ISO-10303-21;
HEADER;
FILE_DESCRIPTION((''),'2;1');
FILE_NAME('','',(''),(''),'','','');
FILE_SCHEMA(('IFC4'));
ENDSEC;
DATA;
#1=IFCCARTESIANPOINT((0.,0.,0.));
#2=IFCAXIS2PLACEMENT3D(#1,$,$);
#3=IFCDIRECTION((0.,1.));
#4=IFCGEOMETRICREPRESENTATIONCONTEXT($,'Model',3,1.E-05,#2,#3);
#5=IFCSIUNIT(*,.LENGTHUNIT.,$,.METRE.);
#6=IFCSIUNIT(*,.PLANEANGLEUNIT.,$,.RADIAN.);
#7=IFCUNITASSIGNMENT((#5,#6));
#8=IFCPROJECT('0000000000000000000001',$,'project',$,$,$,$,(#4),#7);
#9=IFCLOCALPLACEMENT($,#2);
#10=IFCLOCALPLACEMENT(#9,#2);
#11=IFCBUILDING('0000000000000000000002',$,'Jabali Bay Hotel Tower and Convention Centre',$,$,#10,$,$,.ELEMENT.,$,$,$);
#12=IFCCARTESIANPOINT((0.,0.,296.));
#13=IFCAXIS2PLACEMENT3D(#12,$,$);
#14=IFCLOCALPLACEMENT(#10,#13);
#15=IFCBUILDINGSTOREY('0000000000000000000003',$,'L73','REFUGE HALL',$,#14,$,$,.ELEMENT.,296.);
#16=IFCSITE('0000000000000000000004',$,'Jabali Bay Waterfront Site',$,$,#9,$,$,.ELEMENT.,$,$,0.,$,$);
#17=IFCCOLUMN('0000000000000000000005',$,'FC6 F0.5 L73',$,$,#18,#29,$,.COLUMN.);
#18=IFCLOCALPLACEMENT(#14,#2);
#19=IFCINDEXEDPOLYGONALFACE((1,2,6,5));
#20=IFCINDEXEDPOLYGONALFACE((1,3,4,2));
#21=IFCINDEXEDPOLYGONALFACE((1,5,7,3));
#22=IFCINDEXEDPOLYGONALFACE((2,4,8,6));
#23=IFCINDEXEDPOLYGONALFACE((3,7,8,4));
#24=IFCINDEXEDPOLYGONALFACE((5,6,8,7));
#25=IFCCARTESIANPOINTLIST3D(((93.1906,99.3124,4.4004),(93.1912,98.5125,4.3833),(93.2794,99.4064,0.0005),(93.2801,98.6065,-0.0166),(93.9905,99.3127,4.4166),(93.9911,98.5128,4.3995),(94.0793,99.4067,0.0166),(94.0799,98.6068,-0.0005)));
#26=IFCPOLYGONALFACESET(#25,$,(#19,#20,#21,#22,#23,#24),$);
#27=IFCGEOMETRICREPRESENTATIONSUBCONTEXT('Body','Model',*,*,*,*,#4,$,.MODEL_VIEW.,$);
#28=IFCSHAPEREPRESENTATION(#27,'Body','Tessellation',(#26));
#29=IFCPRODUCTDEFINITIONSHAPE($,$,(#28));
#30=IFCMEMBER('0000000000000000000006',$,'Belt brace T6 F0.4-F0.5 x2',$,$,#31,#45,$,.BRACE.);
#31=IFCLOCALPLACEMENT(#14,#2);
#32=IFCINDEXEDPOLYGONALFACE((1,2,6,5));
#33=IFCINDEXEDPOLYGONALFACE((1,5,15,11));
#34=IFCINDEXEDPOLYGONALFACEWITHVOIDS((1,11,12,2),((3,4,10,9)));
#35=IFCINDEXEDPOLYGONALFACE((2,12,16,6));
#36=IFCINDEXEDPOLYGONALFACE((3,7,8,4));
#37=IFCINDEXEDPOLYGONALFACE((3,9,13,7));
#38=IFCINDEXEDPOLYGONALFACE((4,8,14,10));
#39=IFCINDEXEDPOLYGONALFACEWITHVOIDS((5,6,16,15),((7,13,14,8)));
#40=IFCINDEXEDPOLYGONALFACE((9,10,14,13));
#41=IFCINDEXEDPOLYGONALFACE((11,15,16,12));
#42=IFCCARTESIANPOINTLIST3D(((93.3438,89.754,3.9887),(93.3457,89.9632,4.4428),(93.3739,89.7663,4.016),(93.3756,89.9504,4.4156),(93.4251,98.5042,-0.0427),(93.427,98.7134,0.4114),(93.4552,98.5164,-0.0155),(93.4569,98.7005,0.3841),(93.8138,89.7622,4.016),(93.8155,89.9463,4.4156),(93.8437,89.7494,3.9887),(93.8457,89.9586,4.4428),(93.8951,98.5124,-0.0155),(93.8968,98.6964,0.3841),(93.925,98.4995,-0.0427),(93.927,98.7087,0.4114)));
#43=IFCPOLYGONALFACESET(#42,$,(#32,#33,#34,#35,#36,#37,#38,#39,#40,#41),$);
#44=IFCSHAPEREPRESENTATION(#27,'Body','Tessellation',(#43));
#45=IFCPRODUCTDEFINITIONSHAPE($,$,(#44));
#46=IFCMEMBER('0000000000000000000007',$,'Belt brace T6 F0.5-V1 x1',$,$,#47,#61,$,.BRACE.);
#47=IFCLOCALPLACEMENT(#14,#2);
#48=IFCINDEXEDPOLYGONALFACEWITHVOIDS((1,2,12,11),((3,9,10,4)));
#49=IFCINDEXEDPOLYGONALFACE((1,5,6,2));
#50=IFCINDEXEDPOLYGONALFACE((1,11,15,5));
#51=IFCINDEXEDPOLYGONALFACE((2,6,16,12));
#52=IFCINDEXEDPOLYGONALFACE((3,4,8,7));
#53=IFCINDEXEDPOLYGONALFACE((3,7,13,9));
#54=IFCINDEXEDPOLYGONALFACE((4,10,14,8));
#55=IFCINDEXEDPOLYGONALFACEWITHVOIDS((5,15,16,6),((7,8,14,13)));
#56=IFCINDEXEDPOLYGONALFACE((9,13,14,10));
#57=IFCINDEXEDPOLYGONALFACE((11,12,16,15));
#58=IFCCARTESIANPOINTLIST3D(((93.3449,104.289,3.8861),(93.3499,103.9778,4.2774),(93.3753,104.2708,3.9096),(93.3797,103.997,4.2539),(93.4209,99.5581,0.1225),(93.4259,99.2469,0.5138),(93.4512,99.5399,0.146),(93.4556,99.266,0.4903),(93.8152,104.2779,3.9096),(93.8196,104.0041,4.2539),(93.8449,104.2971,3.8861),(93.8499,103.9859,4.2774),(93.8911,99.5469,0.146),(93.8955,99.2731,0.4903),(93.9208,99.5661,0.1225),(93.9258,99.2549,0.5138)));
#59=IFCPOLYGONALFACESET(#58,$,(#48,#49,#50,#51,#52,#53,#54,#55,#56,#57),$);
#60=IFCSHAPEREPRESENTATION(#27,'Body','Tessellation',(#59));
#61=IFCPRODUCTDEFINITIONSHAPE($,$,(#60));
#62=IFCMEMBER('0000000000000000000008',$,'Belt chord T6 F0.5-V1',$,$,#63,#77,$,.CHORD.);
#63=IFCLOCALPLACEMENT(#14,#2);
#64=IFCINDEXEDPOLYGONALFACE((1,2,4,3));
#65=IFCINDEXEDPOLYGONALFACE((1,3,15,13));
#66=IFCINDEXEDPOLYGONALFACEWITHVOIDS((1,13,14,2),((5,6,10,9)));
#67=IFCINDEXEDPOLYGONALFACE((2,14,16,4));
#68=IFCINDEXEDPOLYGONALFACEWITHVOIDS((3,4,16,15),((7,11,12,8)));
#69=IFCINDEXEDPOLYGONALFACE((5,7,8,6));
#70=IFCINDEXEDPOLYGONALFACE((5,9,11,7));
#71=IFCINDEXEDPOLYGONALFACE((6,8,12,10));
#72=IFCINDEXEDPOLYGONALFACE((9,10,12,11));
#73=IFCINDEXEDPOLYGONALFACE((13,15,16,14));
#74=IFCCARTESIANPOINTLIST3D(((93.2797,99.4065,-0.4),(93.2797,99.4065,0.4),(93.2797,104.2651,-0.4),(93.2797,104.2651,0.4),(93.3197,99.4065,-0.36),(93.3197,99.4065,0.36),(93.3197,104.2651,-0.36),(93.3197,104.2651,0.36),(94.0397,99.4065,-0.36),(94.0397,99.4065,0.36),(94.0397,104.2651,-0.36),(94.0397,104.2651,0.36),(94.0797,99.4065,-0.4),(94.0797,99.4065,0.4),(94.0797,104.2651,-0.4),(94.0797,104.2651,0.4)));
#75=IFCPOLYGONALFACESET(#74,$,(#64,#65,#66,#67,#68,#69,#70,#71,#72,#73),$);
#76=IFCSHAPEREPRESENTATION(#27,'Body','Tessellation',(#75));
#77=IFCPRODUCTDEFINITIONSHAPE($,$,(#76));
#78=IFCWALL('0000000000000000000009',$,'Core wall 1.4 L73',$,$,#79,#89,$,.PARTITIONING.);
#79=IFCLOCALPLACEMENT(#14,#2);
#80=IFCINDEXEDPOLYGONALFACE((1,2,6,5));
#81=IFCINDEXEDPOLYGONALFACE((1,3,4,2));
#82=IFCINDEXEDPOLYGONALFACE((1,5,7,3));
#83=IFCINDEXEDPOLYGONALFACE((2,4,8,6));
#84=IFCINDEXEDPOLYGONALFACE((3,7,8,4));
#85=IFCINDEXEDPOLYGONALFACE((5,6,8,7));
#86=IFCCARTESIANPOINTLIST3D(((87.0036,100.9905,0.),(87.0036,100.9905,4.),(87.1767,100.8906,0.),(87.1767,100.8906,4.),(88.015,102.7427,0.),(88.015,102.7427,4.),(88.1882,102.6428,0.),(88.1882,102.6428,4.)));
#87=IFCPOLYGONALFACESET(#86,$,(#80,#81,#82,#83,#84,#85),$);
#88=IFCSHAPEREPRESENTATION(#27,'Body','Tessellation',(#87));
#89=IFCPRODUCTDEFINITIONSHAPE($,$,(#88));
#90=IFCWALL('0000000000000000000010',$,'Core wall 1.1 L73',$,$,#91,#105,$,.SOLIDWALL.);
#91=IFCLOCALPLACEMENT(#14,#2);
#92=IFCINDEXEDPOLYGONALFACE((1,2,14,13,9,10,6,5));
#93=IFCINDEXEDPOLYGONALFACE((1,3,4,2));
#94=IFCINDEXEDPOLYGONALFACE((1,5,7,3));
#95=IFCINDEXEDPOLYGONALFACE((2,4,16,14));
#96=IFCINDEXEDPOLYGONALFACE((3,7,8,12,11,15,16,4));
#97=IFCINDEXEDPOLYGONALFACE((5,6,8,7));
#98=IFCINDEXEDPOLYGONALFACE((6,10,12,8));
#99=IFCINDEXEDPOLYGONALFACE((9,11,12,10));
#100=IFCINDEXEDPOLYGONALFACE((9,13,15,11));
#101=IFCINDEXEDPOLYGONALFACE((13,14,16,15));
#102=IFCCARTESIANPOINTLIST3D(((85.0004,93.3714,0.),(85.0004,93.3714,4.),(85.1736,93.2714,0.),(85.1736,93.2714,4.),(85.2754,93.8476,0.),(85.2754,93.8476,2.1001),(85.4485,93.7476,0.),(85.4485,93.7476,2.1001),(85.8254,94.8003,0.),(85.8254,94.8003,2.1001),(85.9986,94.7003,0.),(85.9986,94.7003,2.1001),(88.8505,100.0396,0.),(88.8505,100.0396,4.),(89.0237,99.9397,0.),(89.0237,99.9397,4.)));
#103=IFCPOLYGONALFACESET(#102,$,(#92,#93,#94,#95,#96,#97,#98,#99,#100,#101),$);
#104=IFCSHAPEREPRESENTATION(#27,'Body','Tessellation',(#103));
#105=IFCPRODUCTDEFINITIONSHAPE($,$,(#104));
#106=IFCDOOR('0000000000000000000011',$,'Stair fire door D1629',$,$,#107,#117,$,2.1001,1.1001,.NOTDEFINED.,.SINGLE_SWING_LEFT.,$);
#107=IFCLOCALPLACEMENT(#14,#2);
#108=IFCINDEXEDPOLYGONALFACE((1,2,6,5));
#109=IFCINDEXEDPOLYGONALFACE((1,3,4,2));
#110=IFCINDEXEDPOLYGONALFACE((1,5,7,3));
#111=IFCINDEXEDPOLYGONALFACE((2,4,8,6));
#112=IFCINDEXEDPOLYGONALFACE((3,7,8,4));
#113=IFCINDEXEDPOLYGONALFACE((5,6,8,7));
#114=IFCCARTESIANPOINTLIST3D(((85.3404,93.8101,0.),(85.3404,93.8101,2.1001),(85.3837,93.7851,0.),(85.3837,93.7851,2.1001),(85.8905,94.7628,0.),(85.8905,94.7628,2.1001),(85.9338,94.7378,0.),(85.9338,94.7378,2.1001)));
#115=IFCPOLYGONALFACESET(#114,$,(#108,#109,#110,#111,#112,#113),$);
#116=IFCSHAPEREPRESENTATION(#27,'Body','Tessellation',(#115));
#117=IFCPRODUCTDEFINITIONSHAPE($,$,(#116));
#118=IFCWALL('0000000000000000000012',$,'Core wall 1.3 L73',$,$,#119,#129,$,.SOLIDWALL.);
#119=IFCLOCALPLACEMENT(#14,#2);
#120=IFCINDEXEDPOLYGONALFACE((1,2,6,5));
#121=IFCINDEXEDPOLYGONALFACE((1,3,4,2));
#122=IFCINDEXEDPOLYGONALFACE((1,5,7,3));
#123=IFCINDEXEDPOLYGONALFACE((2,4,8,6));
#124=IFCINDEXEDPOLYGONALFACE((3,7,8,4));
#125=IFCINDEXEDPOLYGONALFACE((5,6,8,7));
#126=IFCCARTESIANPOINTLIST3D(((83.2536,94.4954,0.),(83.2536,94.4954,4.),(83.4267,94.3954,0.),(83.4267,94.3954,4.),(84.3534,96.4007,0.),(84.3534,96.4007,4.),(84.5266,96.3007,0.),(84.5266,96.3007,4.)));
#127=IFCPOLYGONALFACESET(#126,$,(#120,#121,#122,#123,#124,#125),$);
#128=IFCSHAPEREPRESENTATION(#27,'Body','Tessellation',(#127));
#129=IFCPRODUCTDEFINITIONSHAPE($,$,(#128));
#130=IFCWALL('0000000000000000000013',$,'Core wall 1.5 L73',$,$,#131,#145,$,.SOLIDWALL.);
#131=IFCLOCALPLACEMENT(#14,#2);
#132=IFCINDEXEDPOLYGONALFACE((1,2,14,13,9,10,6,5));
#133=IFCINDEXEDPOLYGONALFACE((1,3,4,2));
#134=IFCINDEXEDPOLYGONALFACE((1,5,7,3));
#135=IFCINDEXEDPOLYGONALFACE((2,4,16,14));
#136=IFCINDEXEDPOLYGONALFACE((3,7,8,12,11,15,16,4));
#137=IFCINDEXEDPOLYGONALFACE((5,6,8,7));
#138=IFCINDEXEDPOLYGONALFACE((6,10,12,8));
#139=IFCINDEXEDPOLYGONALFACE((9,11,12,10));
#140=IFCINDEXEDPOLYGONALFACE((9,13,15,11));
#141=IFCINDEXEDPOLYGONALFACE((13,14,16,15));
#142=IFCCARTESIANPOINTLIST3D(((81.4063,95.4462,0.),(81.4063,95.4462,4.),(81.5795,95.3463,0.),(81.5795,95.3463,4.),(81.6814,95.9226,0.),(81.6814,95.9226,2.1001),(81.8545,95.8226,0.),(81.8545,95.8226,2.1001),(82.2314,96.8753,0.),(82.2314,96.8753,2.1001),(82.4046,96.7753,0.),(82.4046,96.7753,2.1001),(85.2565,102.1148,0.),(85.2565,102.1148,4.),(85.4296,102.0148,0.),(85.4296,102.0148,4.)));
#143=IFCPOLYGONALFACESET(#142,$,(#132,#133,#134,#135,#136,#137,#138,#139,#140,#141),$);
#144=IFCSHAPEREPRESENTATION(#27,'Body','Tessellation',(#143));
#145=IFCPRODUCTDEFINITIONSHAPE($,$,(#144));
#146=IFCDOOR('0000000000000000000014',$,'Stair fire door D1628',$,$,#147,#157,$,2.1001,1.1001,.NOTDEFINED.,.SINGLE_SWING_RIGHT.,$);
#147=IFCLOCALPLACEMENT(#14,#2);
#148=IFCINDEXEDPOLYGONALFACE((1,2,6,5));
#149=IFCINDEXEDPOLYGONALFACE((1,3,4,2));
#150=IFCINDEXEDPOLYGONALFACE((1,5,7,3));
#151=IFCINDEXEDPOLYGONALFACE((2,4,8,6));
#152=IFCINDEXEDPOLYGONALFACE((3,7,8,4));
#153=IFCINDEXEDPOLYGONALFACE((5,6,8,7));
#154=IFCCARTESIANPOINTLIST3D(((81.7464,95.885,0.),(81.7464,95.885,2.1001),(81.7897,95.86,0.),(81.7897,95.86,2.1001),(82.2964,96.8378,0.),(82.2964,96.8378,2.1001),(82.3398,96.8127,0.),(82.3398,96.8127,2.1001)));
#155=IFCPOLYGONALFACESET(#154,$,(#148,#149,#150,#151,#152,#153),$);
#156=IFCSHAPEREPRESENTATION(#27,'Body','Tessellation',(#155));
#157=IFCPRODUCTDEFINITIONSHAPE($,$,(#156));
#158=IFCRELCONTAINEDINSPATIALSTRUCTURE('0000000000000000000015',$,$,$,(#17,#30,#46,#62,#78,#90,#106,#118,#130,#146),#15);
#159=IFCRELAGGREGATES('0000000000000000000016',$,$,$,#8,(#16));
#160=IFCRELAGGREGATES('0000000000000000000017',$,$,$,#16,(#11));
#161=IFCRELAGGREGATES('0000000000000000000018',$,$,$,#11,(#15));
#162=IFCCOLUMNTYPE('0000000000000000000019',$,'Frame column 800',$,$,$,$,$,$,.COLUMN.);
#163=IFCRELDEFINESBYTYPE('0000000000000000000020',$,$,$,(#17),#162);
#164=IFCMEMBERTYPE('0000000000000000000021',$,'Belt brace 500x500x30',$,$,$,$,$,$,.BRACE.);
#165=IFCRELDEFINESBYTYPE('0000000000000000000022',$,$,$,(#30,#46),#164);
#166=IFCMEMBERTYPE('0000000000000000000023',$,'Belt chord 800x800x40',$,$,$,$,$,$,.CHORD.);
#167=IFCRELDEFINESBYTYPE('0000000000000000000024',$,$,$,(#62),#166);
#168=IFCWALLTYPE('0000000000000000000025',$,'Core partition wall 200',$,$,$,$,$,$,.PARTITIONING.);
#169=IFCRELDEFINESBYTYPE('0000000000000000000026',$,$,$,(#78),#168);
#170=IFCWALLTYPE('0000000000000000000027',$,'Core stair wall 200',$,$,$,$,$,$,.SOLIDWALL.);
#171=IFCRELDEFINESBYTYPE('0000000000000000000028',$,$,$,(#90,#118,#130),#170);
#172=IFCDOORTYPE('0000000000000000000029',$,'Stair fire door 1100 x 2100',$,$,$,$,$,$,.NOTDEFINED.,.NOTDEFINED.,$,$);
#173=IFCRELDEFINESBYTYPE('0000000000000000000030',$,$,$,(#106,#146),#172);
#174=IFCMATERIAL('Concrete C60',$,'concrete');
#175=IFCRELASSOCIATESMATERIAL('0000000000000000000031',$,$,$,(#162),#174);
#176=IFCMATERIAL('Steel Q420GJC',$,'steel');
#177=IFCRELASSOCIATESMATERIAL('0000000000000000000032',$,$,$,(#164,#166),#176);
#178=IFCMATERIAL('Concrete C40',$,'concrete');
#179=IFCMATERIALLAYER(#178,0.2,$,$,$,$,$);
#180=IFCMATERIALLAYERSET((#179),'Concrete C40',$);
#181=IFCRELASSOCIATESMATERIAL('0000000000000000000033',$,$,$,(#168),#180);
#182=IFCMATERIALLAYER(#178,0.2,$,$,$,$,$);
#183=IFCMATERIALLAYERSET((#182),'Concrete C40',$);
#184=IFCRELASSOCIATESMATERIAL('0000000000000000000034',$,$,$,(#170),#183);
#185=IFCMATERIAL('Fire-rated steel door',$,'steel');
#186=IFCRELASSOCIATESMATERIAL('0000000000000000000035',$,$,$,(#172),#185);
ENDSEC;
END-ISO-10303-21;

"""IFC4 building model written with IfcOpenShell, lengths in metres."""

from ifc_helpers import new_model, si_unit, direction, frame, frame_2d, origin, origin_2d, place, context, subcontext, project, spatial, rectangle, hollow_rectangle, extrude, material, layer, layer_set, material_profile, profile_set, type_object, element, fill, save


model = new_model("IFC4")

# Units and contexts
model_context = context("Model", 3, precision=1e-05, world=origin(), true_north=direction((0.0, 1.0)))
body_context = subcontext(model_context, "Body", "Model", "MODEL_VIEW")
ifc_project = project(units=[si_unit("LENGTHUNIT", "METRE"), si_unit("PLANEANGLEUNIT", "RADIAN")], contexts=[model_context])

# Site, building, storey
site_placement = place(None, origin())
site = spatial("IfcSite", under=ifc_project, at=site_placement, Name="Jabali Bay Waterfront Site", CompositionType="ELEMENT", RefElevation=0.0)
building_placement = place(site_placement, origin())
building = spatial("IfcBuilding", under=site, at=building_placement, Name="Jabali Bay Hotel Tower and Convention Centre", CompositionType="ELEMENT")
storey_placement = place(building_placement, frame((0.0, 0.0, 296.0)))
storey = spatial("IfcBuildingStorey", under=building, at=storey_placement, Name="L73", Description="REFUGE HALL", CompositionType="ELEMENT", Elevation=296.0)

# Column
ifc_material_1 = material(Name="Concrete C60", Category="concrete")
ifc_material_profile_1 = material_profile(ifc_material_1, rectangle(XDim=0.8, YDim=0.8, at=origin_2d()), Name="Frame column 800")
ifc_profile_set_1 = profile_set([ifc_material_profile_1], Name="Concrete C60")
column_type = type_object("IfcColumnType", Name="Frame column 800", PredefinedType="COLUMN", material=ifc_profile_set_1)
column_placement = place(storey_placement, frame((93.6797, 99.0066, 0.0), z_axis=(-0.020189, -0.021354, 0.999568), x_axis=(0.999796, 0.000347, 0.020201)))
element("IfcColumn", 1, at=column_placement, inside=storey, type_object=column_type, Name="FC6 F0.5 L73", PredefinedType="COLUMN", context=body_context, shape_type="SweptSolid", body=[
    extrude(rectangle(XDim=0.8, YDim=0.8, at=origin_2d()), origin(), (0.0, 0.0, 1.0), 4.4019),
])

# Members
ifc_material_2 = material(Name="Steel Q420GJC", Category="steel")
ifc_material_profile_2 = material_profile(ifc_material_2, hollow_rectangle(XDim=0.5, YDim=0.5, WallThickness=0.03, at=origin_2d()), Name="Belt brace 500x500x30")
ifc_profile_set_2 = profile_set([ifc_material_profile_2], Name="Steel Q420GJC")
member_type_1 = type_object("IfcMemberType", Name="Belt brace 500x500x30", PredefinedType="BRACE", material=ifc_profile_set_2)
member_1_placement = place(storey_placement, frame((93.676, 98.6064, 0.1843), z_axis=(-0.008438, -0.908206, 0.418437), x_axis=(0.999957, -0.009291, 0.0)))
element("IfcMember", 2, at=member_1_placement, inside=storey, type_object=member_type_1, Name="Belt brace T6 F0.4-F0.5 x2", PredefinedType="BRACE", context=body_context, shape_type="SweptSolid", body=[
    extrude(hollow_rectangle(XDim=0.5, YDim=0.5, WallThickness=0.03, at=origin_2d()), origin(), (0.0, 0.0, 1.0), 9.6345),
])
member_2_placement = place(storey_placement, frame((93.6733, 99.4065, 0.3181), z_axis=(-0.012559, 0.782506, 0.622516), x_axis=(-0.999871, -0.016047, 0.0)))
element("IfcMember", 3, at=member_2_placement, inside=storey, type_object=member_type_1, Name="Belt brace T6 F0.5-V1 x1", PredefinedType="BRACE", context=body_context, shape_type="SweptSolid", body=[
    extrude(hollow_rectangle(XDim=0.5, YDim=0.5, WallThickness=0.03, at=origin_2d()), origin(), (0.0, 0.0, 1.0), 6.0459),
])
ifc_material_profile_3 = material_profile(ifc_material_2, hollow_rectangle(XDim=0.8, YDim=0.8, WallThickness=0.04, at=origin_2d()), Name="Belt chord 800x800x40")
ifc_profile_set_3 = profile_set([ifc_material_profile_3], Name="Steel Q420GJC")
member_type_2 = type_object("IfcMemberType", Name="Belt chord 800x800x40", PredefinedType="CHORD", material=ifc_profile_set_3)
member_3_placement = place(storey_placement, frame((93.6797, 99.4065, 0.0), z_axis=(0.0, 1.0, 0.0), x_axis=(-1.0, 0.0, 0.0)))
element("IfcMember", 4, at=member_3_placement, inside=storey, type_object=member_type_2, Name="Belt chord T6 F0.5-V1", PredefinedType="CHORD", context=body_context, shape_type="SweptSolid", body=[
    extrude(hollow_rectangle(XDim=0.8, YDim=0.8, WallThickness=0.04, at=origin_2d()), origin(), (0.0, 0.0, 1.0), 4.8586),
])

# Wall
ifc_material_3 = material(Name="Concrete C40", Category="concrete")
ifc_layer_1 = layer(ifc_material_3, 0.2)
ifc_layer_set_1 = layer_set([ifc_layer_1], Name="Concrete C40")
wall_type_1 = type_object("IfcWallType", Name="Core partition wall 200", PredefinedType="PARTITIONING", material=ifc_layer_set_1)
wall_1_placement = place(storey_placement, frame((87.0901, 100.9404, 0.0), z_axis=(0.0, 0.0, 1.0), x_axis=(0.499942, 0.866059, 0.0)))
element("IfcWall", 5, at=wall_1_placement, inside=storey, type_object=wall_type_1, Name="Core wall 1.4 L73", PredefinedType="PARTITIONING", context=body_context, shape_type="SweptSolid", body=[
    extrude(rectangle(XDim=2.0232, YDim=0.2, at=frame_2d((1.0117, 0.0))), origin(), (0.0, 0.0, 1.0), 4.0),
])

# Wall, opening, door
ifc_layer_2 = layer(ifc_material_3, 0.2)
ifc_layer_set_2 = layer_set([ifc_layer_2], Name="Concrete C40")
wall_type_2 = type_object("IfcWallType", Name="Core stair wall 200", PredefinedType="SOLIDWALL", material=ifc_layer_set_2)
wall_2_placement = place(storey_placement, frame((85.0869, 93.3213, 0.0), z_axis=(0.0, 0.0, 1.0), x_axis=(0.50002, 0.866014, 0.0)))
wall_2 = element("IfcWall", 6, at=wall_2_placement, inside=storey, type_object=wall_type_2, Name="Core wall 1.1 L73", PredefinedType="SOLIDWALL", context=body_context, shape_type="SweptSolid", body=[
    extrude(rectangle(XDim=7.7, YDim=0.2, at=frame_2d((3.8501, 0.0))), origin(), (0.0, 0.0, 1.0), 4.0),
])
opening_1_placement = place(wall_2_placement, frame((0.55, 0.0, 0.0)))
opening_1 = element("IfcOpeningElement", 7, at=opening_1_placement, cuts=wall_2, PredefinedType="OPENING", context=body_context, shape_type="SweptSolid", body=[
    extrude(rectangle(XDim=1.1001, YDim=2.1001, at=frame_2d((0.55, 1.05))), frame((0.0, 0.1104, 0.0), z_axis=(0.0, -1.0, 0.0), x_axis=(1.0, 0.0, 0.0)), (0.0, 0.0, 1.0), 0.2209),
])
ifc_material_4 = material(Name="Fire-rated steel door", Category="steel")
door_type_1 = type_object("IfcDoorType", Name="Stair fire door 1100 x 2100", OperationType="NOTDEFINED", PredefinedType="NOTDEFINED", material=ifc_material_4)
door_1_placement = place(opening_1_placement, origin())
door_1 = element("IfcDoor", 8, at=door_1_placement, inside=storey, type_object=door_type_1, Name="Stair fire door D1629", OperationType="SINGLE_SWING_LEFT", OverallHeight=2.1001, OverallWidth=1.1001, PredefinedType="NOTDEFINED", context=body_context, shape_type="SweptSolid", body=[
    extrude(rectangle(XDim=1.1001, YDim=2.1001, at=frame_2d((0.55, 1.05))), frame((0.0, 0.0249, 0.0), z_axis=(0.0, -1.0, 0.0), x_axis=(1.0, 0.0, 0.0)), (0.0, 0.0, 1.0), 0.05),
])
fill(opening_1, door_1)

# Wall
wall_3_placement = place(storey_placement, frame((83.3401, 94.4453, 0.0), z_axis=(0.0, 0.0, 1.0), x_axis=(0.499947, 0.866056, 0.0)))
element("IfcWall", 9, at=wall_3_placement, inside=storey, type_object=wall_type_2, Name="Core wall 1.3 L73", PredefinedType="SOLIDWALL", context=body_context, shape_type="SweptSolid", body=[
    extrude(rectangle(XDim=2.2, YDim=0.2, at=frame_2d((1.1001, 0.0))), origin(), (0.0, 0.0, 1.0), 4.0),
])

# Wall, opening, door
wall_4_placement = place(storey_placement, frame((81.4929, 95.3962, 0.0), z_axis=(0.0, 0.0, 1.0), x_axis=(0.500006, 0.866022, 0.0)))
wall_4 = element("IfcWall", 10, at=wall_4_placement, inside=storey, type_object=wall_type_2, Name="Core wall 1.5 L73", PredefinedType="SOLIDWALL", context=body_context, shape_type="SweptSolid", body=[
    extrude(rectangle(XDim=7.7002, YDim=0.2, at=frame_2d((3.8501, 0.0))), origin(), (0.0, 0.0, 1.0), 4.0),
])
opening_2_placement = place(wall_4_placement, frame((0.55, 0.0, 0.0)))
opening_2 = element("IfcOpeningElement", 11, at=opening_2_placement, cuts=wall_4, PredefinedType="OPENING", context=body_context, shape_type="SweptSolid", body=[
    extrude(rectangle(XDim=1.1001, YDim=2.1001, at=frame_2d((0.55, 1.05))), frame((0.0, 0.1104, 0.0), z_axis=(0.0, -1.0, 0.0), x_axis=(1.0, 0.0, 0.0)), (0.0, 0.0, 1.0), 0.2209),
])
door_2_placement = place(opening_2_placement, origin())
door_2 = element("IfcDoor", 12, at=door_2_placement, inside=storey, type_object=door_type_1, Name="Stair fire door D1628", OperationType="SINGLE_SWING_RIGHT", OverallHeight=2.1001, OverallWidth=1.1001, PredefinedType="NOTDEFINED", context=body_context, shape_type="SweptSolid", body=[
    extrude(rectangle(XDim=1.1001, YDim=2.1001, at=frame_2d((0.55, 1.05))), frame((0.0, 0.0249, 0.0), z_axis=(0.0, -1.0, 0.0), x_axis=(1.0, 0.0, 0.0)), (0.0, 0.0, 1.0), 0.05),
])
fill(opening_2, door_2)

save(model, "model.ifc")
